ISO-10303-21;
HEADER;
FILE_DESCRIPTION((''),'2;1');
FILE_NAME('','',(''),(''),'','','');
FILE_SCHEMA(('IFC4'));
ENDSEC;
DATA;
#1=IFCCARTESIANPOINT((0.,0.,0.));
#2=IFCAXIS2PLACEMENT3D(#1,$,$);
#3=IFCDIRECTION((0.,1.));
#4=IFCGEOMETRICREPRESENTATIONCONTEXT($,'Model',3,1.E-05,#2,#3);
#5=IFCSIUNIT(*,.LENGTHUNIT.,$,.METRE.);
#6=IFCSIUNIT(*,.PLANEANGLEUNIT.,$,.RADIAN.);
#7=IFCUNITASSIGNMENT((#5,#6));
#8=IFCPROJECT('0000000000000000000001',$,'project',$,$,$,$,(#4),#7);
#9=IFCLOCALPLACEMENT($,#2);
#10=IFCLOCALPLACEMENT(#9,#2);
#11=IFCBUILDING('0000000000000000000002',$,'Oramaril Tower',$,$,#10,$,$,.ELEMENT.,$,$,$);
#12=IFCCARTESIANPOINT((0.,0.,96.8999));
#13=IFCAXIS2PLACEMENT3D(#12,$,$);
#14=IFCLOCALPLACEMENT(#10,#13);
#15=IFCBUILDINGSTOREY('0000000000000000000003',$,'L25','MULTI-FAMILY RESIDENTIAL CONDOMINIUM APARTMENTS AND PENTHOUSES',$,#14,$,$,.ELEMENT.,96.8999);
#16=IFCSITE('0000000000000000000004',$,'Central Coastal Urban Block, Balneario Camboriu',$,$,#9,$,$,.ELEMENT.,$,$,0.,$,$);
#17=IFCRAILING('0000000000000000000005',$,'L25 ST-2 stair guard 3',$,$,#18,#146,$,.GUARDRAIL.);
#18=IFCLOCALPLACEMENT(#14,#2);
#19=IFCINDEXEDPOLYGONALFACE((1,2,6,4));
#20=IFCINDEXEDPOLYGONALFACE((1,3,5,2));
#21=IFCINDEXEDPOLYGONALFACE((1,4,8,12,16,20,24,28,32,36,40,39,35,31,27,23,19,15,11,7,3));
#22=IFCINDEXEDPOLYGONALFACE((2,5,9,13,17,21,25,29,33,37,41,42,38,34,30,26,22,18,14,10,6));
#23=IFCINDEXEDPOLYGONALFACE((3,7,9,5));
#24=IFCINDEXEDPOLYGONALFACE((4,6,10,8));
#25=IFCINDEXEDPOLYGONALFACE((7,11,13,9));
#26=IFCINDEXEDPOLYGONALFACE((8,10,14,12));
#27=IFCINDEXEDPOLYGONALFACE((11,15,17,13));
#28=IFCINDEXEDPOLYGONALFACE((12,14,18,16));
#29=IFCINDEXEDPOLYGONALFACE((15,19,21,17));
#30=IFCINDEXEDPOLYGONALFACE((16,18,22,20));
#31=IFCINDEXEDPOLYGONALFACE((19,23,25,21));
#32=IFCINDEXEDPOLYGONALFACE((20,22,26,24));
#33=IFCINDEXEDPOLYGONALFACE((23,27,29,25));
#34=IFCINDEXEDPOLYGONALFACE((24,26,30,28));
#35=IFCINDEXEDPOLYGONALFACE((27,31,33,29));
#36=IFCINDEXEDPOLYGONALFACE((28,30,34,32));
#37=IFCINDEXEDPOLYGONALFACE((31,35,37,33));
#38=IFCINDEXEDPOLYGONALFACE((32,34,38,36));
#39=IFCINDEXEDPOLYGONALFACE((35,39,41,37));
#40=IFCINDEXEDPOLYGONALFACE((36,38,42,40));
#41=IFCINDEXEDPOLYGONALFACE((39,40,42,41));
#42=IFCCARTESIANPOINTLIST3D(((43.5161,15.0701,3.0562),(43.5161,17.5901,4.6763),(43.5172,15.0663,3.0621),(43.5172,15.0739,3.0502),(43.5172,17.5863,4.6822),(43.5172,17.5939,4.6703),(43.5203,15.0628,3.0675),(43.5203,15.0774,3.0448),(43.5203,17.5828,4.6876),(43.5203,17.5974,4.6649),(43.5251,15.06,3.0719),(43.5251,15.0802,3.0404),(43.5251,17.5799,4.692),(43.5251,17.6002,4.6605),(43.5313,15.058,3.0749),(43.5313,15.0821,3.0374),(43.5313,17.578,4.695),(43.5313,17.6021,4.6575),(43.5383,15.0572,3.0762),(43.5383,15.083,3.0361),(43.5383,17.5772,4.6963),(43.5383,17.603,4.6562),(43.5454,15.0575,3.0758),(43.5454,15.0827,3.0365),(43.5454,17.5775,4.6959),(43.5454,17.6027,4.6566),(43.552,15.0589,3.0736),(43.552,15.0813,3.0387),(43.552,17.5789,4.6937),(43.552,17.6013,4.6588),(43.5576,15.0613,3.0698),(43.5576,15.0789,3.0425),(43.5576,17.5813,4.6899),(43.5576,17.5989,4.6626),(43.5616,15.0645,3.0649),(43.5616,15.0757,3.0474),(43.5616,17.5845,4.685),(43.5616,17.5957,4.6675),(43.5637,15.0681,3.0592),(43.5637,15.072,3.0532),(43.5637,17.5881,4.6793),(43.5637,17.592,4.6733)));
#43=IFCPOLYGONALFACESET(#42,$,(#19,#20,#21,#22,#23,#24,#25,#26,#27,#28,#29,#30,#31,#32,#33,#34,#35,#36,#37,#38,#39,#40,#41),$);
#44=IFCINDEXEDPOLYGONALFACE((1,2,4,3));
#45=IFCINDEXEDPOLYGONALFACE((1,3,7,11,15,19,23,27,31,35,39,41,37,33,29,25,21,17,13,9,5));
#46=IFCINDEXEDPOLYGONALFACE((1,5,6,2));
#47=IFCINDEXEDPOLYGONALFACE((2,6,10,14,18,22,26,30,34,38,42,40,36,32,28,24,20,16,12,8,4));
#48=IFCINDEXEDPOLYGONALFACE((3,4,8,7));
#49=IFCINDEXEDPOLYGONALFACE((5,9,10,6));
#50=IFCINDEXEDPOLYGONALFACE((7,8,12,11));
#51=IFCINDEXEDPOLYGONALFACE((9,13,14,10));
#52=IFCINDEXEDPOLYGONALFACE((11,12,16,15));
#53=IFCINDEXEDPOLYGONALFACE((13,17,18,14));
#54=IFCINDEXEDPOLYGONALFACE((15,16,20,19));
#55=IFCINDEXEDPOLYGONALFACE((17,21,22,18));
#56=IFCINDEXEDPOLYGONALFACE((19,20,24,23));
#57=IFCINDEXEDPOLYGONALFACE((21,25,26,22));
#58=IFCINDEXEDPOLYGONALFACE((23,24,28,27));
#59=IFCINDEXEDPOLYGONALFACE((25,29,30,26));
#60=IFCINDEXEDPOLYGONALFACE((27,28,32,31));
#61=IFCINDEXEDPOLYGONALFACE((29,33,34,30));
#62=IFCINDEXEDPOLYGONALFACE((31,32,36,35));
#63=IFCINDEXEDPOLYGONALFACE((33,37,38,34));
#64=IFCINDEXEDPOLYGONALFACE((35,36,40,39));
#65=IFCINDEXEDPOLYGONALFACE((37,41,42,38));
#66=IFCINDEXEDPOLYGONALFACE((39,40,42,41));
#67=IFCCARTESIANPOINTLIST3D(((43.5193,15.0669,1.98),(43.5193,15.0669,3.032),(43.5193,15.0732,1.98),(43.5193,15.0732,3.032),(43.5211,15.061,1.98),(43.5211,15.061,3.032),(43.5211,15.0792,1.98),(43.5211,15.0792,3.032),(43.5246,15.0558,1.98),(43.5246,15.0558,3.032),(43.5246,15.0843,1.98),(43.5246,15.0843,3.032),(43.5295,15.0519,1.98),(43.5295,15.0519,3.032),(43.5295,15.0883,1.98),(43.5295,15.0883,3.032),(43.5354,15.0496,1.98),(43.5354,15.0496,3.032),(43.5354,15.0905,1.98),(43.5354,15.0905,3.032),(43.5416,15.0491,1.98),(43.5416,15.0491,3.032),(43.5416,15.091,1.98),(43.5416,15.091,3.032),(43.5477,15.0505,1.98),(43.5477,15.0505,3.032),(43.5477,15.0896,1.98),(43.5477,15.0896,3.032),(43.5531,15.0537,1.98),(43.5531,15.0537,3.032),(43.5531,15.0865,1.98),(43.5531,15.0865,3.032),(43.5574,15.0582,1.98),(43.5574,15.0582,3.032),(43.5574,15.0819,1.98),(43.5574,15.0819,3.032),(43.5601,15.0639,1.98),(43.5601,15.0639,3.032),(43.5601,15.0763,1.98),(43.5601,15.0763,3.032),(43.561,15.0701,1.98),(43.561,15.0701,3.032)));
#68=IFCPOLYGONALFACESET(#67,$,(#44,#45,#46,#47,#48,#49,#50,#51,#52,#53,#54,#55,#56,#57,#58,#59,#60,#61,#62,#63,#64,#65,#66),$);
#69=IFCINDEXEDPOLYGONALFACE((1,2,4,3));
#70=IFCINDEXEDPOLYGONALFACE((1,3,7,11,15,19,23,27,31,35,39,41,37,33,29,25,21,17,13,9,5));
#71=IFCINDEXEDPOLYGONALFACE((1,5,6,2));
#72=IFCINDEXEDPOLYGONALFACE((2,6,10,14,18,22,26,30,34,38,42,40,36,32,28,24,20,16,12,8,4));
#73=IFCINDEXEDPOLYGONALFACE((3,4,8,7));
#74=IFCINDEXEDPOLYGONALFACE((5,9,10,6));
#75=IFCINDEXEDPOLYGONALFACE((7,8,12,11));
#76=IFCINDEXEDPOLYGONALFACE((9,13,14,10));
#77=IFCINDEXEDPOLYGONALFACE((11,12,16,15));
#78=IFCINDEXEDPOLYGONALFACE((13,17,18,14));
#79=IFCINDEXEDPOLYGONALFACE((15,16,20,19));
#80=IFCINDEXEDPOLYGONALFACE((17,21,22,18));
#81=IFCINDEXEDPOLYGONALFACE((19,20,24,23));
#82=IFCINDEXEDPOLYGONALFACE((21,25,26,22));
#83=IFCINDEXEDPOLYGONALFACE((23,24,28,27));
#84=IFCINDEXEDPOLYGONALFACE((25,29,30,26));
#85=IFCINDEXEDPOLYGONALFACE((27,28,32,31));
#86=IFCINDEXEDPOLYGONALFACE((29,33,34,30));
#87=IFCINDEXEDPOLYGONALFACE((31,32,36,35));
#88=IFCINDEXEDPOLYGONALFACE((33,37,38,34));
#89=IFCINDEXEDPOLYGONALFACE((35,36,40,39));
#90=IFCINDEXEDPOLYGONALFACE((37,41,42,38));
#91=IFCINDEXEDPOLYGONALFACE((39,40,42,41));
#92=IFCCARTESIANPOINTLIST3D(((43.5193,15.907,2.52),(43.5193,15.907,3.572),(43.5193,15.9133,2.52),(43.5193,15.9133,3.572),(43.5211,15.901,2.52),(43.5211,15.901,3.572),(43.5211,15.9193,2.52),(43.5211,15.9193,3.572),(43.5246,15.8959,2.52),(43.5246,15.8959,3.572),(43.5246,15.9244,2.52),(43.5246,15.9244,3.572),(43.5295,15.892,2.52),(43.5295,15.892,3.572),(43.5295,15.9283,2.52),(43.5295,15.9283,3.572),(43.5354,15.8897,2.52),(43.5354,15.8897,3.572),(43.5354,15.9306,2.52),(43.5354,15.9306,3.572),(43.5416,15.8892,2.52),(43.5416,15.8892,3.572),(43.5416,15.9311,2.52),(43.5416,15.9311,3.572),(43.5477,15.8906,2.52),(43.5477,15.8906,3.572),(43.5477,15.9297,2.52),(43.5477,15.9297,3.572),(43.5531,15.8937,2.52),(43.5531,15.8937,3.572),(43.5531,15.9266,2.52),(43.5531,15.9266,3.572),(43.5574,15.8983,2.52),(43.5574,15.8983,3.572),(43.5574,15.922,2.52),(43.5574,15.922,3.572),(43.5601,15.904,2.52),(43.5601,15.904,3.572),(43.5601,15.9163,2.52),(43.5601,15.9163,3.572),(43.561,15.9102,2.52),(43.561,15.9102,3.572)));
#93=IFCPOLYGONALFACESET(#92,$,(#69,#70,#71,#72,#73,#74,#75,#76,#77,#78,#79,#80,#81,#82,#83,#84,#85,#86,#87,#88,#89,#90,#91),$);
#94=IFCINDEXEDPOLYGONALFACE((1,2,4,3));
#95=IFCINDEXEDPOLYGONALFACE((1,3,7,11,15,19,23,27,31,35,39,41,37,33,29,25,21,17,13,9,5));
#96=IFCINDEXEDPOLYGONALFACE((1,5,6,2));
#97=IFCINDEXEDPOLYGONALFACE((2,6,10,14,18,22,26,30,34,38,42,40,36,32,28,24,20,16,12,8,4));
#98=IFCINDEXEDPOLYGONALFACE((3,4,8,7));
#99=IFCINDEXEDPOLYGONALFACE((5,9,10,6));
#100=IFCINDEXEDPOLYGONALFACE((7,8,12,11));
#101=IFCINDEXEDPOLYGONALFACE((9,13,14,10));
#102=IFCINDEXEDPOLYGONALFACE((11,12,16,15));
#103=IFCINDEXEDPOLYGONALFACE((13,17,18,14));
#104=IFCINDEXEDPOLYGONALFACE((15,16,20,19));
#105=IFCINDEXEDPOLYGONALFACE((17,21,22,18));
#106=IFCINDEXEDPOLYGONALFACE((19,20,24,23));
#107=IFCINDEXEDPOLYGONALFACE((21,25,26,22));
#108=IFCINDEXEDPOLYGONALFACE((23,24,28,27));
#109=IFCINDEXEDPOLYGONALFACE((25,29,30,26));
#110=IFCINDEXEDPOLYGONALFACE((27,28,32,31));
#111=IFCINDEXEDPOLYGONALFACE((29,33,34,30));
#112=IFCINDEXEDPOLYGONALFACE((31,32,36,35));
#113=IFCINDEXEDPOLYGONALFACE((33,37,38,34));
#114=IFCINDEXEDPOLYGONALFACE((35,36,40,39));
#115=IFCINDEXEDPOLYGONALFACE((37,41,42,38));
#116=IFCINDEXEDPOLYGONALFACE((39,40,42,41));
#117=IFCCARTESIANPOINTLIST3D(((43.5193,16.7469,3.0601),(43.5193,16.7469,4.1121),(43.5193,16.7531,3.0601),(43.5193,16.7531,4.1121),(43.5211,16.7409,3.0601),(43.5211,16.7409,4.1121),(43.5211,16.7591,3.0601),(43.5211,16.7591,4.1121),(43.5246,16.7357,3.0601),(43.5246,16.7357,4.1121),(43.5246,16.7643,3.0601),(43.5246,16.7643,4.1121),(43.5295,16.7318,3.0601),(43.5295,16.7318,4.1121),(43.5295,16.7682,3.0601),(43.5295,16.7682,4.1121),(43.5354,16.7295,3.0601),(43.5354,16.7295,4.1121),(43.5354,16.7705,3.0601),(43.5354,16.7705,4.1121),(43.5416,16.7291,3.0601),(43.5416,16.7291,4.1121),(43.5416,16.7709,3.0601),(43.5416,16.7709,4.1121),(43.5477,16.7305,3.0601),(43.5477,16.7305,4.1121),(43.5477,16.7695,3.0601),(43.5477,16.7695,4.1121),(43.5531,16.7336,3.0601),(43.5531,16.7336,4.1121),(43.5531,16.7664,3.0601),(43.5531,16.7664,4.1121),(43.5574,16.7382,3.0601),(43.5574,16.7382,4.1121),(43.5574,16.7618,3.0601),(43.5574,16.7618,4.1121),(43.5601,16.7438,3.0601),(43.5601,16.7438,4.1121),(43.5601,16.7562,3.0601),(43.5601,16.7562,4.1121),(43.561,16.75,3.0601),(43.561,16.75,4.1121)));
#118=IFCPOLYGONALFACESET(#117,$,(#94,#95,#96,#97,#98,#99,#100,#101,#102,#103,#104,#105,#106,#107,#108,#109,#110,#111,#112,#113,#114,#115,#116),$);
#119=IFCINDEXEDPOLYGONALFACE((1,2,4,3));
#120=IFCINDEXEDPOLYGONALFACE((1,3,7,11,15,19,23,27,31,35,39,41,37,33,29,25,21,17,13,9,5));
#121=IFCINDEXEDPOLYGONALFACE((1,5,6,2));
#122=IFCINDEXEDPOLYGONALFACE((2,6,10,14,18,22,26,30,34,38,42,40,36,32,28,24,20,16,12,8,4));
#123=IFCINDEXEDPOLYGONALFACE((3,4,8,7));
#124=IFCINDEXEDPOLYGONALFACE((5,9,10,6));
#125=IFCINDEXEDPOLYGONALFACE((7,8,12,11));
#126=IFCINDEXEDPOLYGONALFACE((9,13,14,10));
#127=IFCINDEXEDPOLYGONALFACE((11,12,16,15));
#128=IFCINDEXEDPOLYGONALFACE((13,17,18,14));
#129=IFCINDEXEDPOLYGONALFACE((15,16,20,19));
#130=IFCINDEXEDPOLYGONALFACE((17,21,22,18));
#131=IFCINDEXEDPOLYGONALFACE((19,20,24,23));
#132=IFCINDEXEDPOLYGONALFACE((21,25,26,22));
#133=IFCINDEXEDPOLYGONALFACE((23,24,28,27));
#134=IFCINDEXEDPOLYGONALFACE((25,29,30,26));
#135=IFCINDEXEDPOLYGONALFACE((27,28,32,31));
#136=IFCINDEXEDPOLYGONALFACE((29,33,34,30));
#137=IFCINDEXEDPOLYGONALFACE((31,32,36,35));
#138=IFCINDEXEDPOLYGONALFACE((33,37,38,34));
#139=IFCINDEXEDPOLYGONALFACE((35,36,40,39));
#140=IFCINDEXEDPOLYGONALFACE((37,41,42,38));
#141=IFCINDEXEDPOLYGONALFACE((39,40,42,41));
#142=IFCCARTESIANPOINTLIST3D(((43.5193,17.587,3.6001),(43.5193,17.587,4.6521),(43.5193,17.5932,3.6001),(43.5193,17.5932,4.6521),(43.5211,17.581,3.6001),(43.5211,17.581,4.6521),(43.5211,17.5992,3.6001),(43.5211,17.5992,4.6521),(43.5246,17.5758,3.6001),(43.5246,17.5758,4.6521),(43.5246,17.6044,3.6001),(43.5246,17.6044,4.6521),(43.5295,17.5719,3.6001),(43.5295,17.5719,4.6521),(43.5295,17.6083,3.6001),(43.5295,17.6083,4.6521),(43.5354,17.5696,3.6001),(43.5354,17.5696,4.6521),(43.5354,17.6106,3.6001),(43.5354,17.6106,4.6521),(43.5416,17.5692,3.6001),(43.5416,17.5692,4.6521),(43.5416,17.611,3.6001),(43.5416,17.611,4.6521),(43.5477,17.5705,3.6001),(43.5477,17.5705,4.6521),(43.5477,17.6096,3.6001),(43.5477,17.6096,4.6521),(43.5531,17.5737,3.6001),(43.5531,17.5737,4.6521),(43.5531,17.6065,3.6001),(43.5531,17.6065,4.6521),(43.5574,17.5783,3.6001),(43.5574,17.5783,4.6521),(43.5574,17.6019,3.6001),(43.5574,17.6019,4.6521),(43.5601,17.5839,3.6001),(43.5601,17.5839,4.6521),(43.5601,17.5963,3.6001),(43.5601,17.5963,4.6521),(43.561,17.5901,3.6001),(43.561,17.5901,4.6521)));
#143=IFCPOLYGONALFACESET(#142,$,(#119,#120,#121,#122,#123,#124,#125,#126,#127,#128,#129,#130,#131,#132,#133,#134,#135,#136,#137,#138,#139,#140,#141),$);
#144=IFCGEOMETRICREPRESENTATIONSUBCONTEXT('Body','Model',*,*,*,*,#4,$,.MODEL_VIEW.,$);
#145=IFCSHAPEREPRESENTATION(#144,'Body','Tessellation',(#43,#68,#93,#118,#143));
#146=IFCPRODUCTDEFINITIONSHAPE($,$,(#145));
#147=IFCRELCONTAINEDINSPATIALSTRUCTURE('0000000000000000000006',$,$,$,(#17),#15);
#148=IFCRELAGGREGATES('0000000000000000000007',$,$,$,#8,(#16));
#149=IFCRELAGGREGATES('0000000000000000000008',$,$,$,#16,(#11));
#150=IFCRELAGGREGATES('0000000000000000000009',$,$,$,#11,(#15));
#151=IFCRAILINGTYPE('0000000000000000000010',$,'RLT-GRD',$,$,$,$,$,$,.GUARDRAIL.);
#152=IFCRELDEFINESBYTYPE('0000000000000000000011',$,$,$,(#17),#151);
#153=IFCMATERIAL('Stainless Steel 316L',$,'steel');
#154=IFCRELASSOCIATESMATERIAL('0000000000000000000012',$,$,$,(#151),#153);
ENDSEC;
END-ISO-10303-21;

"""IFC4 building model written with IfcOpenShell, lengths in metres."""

from ifc_helpers import new_model, si_unit, direction, frame, origin, origin_2d, place, context, subcontext, project, spatial, circle, extrude, material, type_object, element, save


model = new_model("IFC4")

# Units and contexts
model_context = context("Model", 3, precision=1e-05, world=origin(), true_north=direction((0.0, 1.0)))
body_context = subcontext(model_context, "Body", "Model", "MODEL_VIEW")
ifc_project = project(units=[si_unit("LENGTHUNIT", "METRE"), si_unit("PLANEANGLEUNIT", "RADIAN")], contexts=[model_context])

# Site, building, storey
site_placement = place(None, origin())
site = spatial("IfcSite", under=ifc_project, at=site_placement, Name="Central Coastal Urban Block, Balneario Camboriu", CompositionType="ELEMENT", RefElevation=0.0)
building_placement = place(site_placement, origin())
building = spatial("IfcBuilding", under=site, at=building_placement, Name="Oramaril Tower", CompositionType="ELEMENT")
storey_placement = place(building_placement, frame((0.0, 0.0, 96.8999)))
storey = spatial("IfcBuildingStorey", under=building, at=storey_placement, Name="L25", Description="MULTI-FAMILY RESIDENTIAL CONDOMINIUM APARTMENTS AND PENTHOUSES", CompositionType="ELEMENT", Elevation=96.8999)

# Railing
ifc_material_1 = material(Name="Stainless Steel 316L", Category="steel")
railing_type_1 = type_object("IfcRailingType", Name="RLT-GRD", PredefinedType="GUARDRAIL", material=ifc_material_1)
railing_1_placement = place(storey_placement, frame((43.54, 15.0701, 1.98)))
element("IfcRailing", 1, at=railing_1_placement, inside=storey, type_object=railing_type_1, Name="L25 ST-2 stair guard 3", PredefinedType="GUARDRAIL", context=body_context, shape_type="SweptSolid", body=[
    extrude(circle(Radius=0.0239, at=origin_2d()), frame((0.0, 0.0, 1.0762), z_axis=(0.0, 0.841163, 0.540782), x_axis=(-1.0, 0.0, 0.0)), (0.0, 0.0, 1.0), 2.9958),
    extrude(circle(Radius=0.021, at=origin_2d()), origin(), (0.0, 0.0, 1.0), 1.052),
    extrude(circle(Radius=0.021, at=origin_2d()), frame((0.0, 0.8401, 0.54)), (0.0, 0.0, 1.0), 1.052),
    extrude(circle(Radius=0.021, at=origin_2d()), frame((0.0, 1.6799, 1.0801)), (0.0, 0.0, 1.0), 1.052),
    extrude(circle(Radius=0.021, at=origin_2d()), frame((0.0, 2.52, 1.6201)), (0.0, 0.0, 1.0), 1.052),
])

save(model, "model.ifc")
